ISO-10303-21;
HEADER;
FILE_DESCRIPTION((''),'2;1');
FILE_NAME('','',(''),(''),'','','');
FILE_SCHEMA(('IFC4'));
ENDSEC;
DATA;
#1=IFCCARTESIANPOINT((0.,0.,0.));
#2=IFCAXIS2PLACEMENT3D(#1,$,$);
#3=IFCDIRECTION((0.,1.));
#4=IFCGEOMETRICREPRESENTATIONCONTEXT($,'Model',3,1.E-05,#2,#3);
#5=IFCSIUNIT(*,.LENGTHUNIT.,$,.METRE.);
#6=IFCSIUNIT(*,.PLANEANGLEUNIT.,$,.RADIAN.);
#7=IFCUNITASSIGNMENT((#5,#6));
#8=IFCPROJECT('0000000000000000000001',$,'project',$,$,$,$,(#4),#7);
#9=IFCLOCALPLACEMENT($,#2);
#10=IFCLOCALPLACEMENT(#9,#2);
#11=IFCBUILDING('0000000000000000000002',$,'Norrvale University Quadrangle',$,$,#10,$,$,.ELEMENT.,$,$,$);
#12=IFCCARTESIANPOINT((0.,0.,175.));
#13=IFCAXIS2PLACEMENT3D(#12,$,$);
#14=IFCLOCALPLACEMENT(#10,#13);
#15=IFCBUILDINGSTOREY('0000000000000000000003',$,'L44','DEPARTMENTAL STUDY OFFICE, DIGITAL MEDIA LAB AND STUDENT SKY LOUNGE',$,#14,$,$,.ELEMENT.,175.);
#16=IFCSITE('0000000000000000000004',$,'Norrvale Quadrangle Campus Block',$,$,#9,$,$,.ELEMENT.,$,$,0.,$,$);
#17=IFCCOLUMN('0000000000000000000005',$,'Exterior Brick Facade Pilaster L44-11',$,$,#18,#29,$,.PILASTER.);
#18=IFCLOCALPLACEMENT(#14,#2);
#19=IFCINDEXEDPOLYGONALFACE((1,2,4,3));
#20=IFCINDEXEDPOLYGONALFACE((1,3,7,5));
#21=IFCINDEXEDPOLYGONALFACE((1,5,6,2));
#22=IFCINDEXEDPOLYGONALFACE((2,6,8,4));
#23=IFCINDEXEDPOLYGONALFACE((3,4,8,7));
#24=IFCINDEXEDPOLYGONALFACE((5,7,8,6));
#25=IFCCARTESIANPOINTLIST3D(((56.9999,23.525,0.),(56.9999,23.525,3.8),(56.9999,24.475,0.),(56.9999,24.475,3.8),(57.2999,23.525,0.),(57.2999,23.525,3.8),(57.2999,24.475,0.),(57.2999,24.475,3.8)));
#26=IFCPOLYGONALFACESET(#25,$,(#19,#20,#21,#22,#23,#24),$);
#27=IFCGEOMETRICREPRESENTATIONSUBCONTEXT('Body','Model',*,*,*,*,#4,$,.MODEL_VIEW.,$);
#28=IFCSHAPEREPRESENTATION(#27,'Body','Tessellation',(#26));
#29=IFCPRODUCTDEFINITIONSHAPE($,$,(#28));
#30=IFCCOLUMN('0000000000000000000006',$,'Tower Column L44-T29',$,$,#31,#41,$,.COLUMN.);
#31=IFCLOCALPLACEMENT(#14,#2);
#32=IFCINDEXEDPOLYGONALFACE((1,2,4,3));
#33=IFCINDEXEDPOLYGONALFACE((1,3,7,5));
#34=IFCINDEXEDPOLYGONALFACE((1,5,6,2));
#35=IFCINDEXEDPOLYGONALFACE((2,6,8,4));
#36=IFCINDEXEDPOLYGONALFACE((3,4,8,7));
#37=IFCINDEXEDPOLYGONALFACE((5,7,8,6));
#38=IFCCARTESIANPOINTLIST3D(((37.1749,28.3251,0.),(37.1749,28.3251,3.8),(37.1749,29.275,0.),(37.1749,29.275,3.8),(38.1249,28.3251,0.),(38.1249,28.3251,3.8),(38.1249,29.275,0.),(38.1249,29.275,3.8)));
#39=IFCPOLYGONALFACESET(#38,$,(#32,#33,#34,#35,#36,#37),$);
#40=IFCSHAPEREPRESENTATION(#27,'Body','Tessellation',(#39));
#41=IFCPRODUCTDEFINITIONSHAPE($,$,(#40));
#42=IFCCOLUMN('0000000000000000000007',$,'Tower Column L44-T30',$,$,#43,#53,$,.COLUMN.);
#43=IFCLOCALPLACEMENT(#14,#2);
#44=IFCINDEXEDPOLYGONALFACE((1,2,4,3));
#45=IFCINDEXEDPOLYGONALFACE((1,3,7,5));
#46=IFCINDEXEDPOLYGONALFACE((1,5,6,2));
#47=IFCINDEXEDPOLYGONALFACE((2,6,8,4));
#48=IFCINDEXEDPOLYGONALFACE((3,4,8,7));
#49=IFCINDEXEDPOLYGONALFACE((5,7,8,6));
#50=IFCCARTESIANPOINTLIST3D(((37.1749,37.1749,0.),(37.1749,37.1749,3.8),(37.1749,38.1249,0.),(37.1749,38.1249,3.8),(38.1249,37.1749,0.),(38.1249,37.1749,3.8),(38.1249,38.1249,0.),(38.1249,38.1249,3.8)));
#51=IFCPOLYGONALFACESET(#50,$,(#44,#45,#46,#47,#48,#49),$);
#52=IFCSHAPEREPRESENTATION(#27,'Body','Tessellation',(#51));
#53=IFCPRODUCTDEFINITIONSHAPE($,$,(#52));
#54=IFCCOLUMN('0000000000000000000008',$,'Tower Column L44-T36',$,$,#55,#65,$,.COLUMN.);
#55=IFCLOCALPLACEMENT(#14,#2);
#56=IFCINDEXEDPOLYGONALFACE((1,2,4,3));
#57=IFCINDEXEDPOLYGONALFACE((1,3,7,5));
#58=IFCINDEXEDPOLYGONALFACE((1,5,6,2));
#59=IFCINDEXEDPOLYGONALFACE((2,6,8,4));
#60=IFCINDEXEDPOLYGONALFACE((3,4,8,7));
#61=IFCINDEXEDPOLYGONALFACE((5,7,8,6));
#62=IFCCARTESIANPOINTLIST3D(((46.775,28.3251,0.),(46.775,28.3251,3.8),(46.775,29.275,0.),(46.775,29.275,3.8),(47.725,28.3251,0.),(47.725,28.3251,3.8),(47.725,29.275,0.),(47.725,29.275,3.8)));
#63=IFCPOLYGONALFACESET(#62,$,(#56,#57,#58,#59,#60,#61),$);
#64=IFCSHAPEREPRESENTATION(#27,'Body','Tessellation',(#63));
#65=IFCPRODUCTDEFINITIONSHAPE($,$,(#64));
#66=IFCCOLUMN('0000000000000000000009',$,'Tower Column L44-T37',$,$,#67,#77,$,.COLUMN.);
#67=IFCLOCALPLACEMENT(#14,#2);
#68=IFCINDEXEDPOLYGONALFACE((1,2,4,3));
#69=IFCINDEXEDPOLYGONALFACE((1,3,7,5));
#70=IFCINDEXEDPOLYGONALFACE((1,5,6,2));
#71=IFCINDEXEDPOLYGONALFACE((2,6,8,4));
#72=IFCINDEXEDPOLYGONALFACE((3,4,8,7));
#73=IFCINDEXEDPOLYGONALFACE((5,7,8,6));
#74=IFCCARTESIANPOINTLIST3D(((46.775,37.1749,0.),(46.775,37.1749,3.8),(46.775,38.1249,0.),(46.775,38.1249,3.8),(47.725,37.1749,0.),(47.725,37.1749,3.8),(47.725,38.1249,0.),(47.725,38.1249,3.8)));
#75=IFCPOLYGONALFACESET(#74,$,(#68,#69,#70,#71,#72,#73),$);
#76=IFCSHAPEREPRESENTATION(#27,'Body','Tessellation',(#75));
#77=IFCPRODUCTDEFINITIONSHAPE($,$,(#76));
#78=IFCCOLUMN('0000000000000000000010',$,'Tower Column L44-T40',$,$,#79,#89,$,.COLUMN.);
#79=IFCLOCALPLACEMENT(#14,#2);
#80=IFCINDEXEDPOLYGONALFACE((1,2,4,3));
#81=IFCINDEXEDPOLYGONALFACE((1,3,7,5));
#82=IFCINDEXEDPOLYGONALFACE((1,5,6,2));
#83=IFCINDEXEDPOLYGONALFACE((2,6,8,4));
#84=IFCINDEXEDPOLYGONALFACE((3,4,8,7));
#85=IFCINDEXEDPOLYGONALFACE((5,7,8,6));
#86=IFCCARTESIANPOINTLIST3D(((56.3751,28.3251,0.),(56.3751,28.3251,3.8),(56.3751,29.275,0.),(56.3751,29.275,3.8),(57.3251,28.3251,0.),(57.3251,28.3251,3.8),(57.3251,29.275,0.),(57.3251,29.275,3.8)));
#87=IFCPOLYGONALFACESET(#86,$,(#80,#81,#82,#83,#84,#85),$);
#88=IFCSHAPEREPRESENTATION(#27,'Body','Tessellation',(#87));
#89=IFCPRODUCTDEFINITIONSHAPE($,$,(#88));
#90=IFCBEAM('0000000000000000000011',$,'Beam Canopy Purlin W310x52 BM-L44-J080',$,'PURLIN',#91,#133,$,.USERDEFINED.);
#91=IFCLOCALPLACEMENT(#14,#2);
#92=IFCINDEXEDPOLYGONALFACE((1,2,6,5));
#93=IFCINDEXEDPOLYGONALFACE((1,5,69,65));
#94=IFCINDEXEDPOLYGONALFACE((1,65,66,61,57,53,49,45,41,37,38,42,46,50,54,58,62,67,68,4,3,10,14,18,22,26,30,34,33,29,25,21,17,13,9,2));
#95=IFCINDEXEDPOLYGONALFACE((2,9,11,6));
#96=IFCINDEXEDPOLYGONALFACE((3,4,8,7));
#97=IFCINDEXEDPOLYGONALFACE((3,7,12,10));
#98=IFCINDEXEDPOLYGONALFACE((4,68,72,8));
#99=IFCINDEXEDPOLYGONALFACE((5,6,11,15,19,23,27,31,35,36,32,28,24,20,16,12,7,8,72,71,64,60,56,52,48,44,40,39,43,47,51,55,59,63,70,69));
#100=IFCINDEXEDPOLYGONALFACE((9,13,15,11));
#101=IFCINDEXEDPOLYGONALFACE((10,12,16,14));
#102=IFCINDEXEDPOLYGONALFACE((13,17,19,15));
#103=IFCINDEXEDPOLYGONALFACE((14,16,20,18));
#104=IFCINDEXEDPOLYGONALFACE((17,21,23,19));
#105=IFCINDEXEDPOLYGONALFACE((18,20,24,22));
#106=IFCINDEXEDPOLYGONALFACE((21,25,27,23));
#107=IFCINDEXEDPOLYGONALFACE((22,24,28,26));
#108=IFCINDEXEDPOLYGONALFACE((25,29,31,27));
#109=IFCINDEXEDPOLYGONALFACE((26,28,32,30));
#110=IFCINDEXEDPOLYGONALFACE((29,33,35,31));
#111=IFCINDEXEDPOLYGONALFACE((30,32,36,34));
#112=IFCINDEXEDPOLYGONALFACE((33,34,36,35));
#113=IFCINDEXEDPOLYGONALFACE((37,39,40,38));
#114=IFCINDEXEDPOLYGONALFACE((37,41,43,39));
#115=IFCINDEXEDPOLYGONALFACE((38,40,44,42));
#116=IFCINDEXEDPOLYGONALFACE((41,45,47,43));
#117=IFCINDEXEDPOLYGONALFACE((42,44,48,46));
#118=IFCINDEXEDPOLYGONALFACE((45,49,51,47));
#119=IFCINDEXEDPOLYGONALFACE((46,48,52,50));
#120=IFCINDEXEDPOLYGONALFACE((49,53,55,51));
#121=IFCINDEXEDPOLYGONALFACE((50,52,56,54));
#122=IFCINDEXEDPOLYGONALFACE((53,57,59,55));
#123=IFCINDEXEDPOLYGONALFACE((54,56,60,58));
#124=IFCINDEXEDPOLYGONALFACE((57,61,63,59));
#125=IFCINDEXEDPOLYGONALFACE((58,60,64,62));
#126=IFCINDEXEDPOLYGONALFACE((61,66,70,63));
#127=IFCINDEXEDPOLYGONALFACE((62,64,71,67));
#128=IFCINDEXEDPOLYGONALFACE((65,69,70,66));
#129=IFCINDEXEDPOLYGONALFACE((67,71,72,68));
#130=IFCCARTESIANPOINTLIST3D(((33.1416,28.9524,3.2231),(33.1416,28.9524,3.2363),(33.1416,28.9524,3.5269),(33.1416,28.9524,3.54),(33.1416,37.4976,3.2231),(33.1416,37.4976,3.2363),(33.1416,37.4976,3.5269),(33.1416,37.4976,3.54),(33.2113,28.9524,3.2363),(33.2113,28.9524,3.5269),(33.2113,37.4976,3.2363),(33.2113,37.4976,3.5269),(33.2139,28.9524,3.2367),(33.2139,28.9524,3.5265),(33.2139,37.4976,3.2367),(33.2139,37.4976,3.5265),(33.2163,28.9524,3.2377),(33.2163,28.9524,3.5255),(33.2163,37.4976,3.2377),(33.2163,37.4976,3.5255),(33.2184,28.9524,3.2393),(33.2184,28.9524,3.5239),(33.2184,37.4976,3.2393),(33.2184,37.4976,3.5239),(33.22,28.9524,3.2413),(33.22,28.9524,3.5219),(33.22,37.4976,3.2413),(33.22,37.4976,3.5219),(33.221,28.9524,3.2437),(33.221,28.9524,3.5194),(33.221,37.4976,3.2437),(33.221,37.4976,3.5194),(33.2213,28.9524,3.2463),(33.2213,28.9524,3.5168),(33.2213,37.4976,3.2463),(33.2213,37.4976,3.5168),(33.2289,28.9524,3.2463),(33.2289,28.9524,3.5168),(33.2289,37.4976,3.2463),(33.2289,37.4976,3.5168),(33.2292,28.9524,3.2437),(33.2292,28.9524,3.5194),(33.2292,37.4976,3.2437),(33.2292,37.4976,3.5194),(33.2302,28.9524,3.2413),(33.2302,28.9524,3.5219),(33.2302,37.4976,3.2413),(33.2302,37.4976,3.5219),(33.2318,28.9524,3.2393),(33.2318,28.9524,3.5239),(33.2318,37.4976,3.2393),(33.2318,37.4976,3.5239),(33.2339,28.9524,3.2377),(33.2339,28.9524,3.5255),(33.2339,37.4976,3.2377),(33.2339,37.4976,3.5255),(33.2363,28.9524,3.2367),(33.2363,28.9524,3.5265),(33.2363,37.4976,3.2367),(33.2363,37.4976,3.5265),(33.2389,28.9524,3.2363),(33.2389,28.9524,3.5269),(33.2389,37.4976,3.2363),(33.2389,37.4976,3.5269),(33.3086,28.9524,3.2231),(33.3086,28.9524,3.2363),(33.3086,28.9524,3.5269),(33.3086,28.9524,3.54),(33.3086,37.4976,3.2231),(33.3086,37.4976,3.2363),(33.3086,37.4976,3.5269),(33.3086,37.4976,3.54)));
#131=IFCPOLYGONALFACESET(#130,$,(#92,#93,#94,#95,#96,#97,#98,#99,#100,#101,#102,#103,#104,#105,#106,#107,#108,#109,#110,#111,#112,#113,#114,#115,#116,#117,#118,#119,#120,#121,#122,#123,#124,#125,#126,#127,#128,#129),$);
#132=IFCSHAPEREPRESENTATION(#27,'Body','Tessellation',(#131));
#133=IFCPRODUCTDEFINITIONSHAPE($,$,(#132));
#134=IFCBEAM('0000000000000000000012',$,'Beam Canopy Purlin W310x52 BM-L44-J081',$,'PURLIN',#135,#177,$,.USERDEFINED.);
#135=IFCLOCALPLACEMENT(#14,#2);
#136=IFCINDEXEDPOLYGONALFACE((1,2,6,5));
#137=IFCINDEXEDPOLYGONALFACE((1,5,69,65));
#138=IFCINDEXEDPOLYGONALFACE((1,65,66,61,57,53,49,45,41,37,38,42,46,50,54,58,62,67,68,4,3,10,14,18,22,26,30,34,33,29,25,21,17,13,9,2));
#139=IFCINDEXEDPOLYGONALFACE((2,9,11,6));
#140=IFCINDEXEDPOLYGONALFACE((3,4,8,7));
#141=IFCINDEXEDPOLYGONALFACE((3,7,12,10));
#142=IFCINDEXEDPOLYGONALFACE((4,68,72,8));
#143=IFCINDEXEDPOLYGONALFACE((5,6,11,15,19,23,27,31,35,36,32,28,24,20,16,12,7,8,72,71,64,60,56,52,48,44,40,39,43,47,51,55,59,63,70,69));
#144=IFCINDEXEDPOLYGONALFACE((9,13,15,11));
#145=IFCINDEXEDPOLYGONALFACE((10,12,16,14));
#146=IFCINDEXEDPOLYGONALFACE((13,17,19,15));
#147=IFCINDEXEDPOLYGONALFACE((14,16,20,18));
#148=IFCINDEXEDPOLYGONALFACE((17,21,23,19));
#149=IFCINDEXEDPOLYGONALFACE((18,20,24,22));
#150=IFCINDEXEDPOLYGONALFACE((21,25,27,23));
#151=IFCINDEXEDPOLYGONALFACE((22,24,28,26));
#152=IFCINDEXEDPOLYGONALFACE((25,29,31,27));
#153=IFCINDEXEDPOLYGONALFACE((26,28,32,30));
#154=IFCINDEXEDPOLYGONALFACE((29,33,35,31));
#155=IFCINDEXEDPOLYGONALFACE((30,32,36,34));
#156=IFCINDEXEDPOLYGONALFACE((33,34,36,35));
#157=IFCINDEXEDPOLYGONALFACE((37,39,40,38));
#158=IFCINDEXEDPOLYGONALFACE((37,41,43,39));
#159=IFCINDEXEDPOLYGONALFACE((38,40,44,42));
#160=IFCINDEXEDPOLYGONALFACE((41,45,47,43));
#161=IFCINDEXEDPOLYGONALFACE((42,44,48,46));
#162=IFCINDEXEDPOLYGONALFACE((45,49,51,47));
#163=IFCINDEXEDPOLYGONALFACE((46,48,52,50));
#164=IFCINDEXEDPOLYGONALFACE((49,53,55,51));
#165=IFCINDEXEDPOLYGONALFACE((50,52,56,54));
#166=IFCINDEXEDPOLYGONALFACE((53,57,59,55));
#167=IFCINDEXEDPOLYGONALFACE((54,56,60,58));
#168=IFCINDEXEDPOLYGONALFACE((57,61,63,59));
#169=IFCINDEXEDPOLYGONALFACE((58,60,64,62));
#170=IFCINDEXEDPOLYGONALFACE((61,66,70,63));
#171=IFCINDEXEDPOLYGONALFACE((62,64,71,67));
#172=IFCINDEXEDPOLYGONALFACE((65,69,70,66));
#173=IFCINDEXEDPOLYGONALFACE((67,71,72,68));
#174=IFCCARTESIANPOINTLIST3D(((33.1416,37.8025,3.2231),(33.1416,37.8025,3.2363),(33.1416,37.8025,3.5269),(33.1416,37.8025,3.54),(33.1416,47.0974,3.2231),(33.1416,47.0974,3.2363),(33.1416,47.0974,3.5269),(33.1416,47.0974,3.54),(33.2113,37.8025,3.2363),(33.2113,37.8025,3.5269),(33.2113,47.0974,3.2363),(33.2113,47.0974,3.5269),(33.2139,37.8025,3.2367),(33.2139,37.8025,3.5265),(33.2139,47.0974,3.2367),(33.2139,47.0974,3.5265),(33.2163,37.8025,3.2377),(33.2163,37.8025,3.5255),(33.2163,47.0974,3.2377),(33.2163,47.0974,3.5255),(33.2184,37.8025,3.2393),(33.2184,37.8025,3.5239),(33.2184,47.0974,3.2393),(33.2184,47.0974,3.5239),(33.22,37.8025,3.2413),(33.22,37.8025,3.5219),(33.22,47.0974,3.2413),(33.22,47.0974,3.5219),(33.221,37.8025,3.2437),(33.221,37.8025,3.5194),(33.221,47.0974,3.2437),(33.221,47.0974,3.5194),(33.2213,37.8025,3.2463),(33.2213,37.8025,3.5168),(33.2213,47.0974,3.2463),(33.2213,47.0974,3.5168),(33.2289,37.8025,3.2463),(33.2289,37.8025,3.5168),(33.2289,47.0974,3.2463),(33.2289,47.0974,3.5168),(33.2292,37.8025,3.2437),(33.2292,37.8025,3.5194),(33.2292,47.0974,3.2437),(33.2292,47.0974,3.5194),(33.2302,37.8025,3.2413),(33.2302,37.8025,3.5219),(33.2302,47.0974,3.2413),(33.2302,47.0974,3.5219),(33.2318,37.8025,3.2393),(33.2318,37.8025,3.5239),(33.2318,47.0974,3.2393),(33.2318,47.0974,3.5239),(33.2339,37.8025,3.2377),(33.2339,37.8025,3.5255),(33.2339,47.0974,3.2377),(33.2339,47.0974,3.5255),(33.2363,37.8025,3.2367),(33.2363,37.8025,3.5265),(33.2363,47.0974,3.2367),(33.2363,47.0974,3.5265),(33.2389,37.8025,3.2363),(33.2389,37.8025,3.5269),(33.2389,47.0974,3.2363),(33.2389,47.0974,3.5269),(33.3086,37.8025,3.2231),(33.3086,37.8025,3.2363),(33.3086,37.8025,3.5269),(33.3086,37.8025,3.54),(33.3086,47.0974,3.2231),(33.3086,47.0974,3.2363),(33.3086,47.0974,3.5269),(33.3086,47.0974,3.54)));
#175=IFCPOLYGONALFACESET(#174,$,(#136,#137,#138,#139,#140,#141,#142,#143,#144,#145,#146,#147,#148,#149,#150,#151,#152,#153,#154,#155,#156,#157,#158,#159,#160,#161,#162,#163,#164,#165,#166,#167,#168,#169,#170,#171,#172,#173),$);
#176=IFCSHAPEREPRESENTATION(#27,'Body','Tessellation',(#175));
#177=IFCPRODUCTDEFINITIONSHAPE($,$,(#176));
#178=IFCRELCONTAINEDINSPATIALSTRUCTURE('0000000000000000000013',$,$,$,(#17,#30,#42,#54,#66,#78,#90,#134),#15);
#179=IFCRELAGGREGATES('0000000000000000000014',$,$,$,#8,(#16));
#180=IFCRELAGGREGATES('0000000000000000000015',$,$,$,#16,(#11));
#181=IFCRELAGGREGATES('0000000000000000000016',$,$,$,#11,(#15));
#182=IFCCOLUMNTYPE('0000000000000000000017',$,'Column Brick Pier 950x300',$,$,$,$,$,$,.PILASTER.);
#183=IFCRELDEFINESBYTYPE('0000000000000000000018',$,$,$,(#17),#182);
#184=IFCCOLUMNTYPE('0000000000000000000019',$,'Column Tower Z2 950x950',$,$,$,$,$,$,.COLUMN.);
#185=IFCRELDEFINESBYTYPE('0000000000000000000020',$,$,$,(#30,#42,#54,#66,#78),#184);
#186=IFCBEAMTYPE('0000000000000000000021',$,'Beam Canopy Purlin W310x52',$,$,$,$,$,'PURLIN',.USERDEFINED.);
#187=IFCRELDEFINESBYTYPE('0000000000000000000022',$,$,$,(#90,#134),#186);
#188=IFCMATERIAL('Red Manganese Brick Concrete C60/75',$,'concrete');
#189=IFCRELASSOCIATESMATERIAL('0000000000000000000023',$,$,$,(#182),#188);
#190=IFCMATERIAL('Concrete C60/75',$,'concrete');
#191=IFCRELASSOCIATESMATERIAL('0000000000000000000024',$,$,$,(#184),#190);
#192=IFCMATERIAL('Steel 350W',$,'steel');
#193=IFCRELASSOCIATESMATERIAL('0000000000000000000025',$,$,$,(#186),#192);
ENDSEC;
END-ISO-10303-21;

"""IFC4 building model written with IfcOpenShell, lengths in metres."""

from ifc_helpers import new_model, si_unit, direction, frame, origin, origin_2d, place, context, subcontext, project, spatial, rectangle, i_section, extrude, material, material_profile, profile_set, type_object, element, save


model = new_model("IFC4")

# Units and contexts
model_context = context("Model", 3, precision=1e-05, world=origin(), true_north=direction((0.0, 1.0)))
body_context = subcontext(model_context, "Body", "Model", "MODEL_VIEW")
ifc_project = project(units=[si_unit("LENGTHUNIT", "METRE"), si_unit("PLANEANGLEUNIT", "RADIAN")], contexts=[model_context])

# Site, building, storey
site_placement = place(None, origin())
site = spatial("IfcSite", under=ifc_project, at=site_placement, Name="Norrvale Quadrangle Campus Block", CompositionType="ELEMENT", RefElevation=0.0)
building_placement = place(site_placement, origin())
building = spatial("IfcBuilding", under=site, at=building_placement, Name="Norrvale University Quadrangle", CompositionType="ELEMENT")
storey_placement = place(building_placement, frame((0.0, 0.0, 175.0)))
storey = spatial("IfcBuildingStorey", under=building, at=storey_placement, Name="L44", Description="DEPARTMENTAL STUDY OFFICE, DIGITAL MEDIA LAB AND STUDENT SKY LOUNGE", CompositionType="ELEMENT", Elevation=175.0)

# Columns
ifc_material_1 = material(Name="Red Manganese Brick Concrete C60/75", Category="concrete")
ifc_material_profile_1 = material_profile(ifc_material_1, rectangle(XDim=0.95, YDim=0.3, at=origin_2d()), Name="Red Manganese Brick Concrete C60/75")
ifc_profile_set_1 = profile_set([ifc_material_profile_1], Name="Red Manganese Brick Concrete C60/75")
column_type_1 = type_object("IfcColumnType", Name="Column Brick Pier 950x300", PredefinedType="PILASTER", material=ifc_profile_set_1)
column_placement = place(storey_placement, frame((57.1499, 24.0, 0.0), z_axis=(0.0, 0.0, 1.0), x_axis=(0.0, 1.0, 0.0)))
element("IfcColumn", 1, at=column_placement, inside=storey, type_object=column_type_1, Name="Exterior Brick Facade Pilaster L44-11", PredefinedType="PILASTER", context=body_context, shape_type="SweptSolid", body=[
    extrude(rectangle(XDim=0.95, YDim=0.3, at=origin_2d()), origin(), (0.0, 0.0, 1.0), 3.8),
])
ifc_material_2 = material(Name="Concrete C60/75", Category="concrete")
ifc_material_profile_2 = material_profile(ifc_material_2, rectangle(XDim=0.95, YDim=0.95, at=origin_2d()), Name="Concrete C60/75")
ifc_profile_set_2 = profile_set([ifc_material_profile_2], Name="Concrete C60/75")
column_type_2 = type_object("IfcColumnType", Name="Column Tower Z2 950x950", PredefinedType="COLUMN", material=ifc_profile_set_2)
for number, where, z_axis, x_axis, name in (
    (2, (37.6499, 28.8, 0.0), (0.0, 0.0, 1.0), (1.0, 0.0, 0.0), "Tower Column L44-T29"),
    (3, (37.6499, 37.6499, 0.0), (0.0, 0.0, 1.0), (1.0, 0.0, 0.0), "Tower Column L44-T30"),
    (4, (47.25, 28.8, 0.0), (0.0, 0.0, 1.0), (1.0, 0.0, 0.0), "Tower Column L44-T36"),
    (5, (47.25, 37.6499, 0.0), (0.0, 0.0, 1.0), (1.0, 0.0, 0.0), "Tower Column L44-T37"),
    (6, (56.8501, 28.8, 0.0), (0.0, 0.0, 1.0), (1.0, 0.0, 0.0), "Tower Column L44-T40"),
):
    element("IfcColumn", number, at=place(storey_placement, frame(where, z_axis=z_axis, x_axis=x_axis)), inside=storey, type_object=column_type_2, Name=name, PredefinedType="COLUMN", context=body_context, shape_type="SweptSolid", body=[
        extrude(rectangle(XDim=0.95, YDim=0.95, at=origin_2d()), origin(), (0.0, 0.0, 1.0), 3.8),
    ])

# Beams
ifc_material_3 = material(Name="Steel 350W", Category="steel")
ifc_material_profile_3 = material_profile(ifc_material_3, i_section(OverallWidth=0.167, OverallDepth=0.3169, WebThickness=0.0076, FlangeThickness=0.0132, FilletRadius=0.01, at=origin_2d()), Name="Steel 350W")
ifc_profile_set_3 = profile_set([ifc_material_profile_3], Name="Steel 350W")
beam_type_1 = type_object("IfcBeamType", Name="Beam Canopy Purlin W310x52", ElementType="PURLIN", PredefinedType="USERDEFINED", material=ifc_profile_set_3)
beam_1_placement = place(storey_placement, frame((33.2251, 28.9524, 3.3816), z_axis=(0.0, 1.0, 0.0), x_axis=(-1.0, 0.0, 0.0)))
element("IfcBeam", 7, at=beam_1_placement, inside=storey, type_object=beam_type_1, Name="Beam Canopy Purlin W310x52 BM-L44-J080", ObjectType="PURLIN", PredefinedType="USERDEFINED", context=body_context, shape_type="SweptSolid", body=[
    extrude(i_section(OverallWidth=0.167, OverallDepth=0.3169, WebThickness=0.0076, FlangeThickness=0.0132, FilletRadius=0.01, at=origin_2d()), origin(), (0.0, 0.0, 1.0), 8.5452),
])
beam_2_placement = place(storey_placement, frame((33.2251, 37.8025, 3.3816), z_axis=(0.0, 1.0, 0.0), x_axis=(-1.0, 0.0, 0.0)))
element("IfcBeam", 8, at=beam_2_placement, inside=storey, type_object=beam_type_1, Name="Beam Canopy Purlin W310x52 BM-L44-J081", ObjectType="PURLIN", PredefinedType="USERDEFINED", context=body_context, shape_type="SweptSolid", body=[
    extrude(i_section(OverallWidth=0.167, OverallDepth=0.3169, WebThickness=0.0076, FlangeThickness=0.0132, FilletRadius=0.01, at=origin_2d()), origin(), (0.0, 0.0, 1.0), 9.2949),
])

save(model, "model.ifc")
